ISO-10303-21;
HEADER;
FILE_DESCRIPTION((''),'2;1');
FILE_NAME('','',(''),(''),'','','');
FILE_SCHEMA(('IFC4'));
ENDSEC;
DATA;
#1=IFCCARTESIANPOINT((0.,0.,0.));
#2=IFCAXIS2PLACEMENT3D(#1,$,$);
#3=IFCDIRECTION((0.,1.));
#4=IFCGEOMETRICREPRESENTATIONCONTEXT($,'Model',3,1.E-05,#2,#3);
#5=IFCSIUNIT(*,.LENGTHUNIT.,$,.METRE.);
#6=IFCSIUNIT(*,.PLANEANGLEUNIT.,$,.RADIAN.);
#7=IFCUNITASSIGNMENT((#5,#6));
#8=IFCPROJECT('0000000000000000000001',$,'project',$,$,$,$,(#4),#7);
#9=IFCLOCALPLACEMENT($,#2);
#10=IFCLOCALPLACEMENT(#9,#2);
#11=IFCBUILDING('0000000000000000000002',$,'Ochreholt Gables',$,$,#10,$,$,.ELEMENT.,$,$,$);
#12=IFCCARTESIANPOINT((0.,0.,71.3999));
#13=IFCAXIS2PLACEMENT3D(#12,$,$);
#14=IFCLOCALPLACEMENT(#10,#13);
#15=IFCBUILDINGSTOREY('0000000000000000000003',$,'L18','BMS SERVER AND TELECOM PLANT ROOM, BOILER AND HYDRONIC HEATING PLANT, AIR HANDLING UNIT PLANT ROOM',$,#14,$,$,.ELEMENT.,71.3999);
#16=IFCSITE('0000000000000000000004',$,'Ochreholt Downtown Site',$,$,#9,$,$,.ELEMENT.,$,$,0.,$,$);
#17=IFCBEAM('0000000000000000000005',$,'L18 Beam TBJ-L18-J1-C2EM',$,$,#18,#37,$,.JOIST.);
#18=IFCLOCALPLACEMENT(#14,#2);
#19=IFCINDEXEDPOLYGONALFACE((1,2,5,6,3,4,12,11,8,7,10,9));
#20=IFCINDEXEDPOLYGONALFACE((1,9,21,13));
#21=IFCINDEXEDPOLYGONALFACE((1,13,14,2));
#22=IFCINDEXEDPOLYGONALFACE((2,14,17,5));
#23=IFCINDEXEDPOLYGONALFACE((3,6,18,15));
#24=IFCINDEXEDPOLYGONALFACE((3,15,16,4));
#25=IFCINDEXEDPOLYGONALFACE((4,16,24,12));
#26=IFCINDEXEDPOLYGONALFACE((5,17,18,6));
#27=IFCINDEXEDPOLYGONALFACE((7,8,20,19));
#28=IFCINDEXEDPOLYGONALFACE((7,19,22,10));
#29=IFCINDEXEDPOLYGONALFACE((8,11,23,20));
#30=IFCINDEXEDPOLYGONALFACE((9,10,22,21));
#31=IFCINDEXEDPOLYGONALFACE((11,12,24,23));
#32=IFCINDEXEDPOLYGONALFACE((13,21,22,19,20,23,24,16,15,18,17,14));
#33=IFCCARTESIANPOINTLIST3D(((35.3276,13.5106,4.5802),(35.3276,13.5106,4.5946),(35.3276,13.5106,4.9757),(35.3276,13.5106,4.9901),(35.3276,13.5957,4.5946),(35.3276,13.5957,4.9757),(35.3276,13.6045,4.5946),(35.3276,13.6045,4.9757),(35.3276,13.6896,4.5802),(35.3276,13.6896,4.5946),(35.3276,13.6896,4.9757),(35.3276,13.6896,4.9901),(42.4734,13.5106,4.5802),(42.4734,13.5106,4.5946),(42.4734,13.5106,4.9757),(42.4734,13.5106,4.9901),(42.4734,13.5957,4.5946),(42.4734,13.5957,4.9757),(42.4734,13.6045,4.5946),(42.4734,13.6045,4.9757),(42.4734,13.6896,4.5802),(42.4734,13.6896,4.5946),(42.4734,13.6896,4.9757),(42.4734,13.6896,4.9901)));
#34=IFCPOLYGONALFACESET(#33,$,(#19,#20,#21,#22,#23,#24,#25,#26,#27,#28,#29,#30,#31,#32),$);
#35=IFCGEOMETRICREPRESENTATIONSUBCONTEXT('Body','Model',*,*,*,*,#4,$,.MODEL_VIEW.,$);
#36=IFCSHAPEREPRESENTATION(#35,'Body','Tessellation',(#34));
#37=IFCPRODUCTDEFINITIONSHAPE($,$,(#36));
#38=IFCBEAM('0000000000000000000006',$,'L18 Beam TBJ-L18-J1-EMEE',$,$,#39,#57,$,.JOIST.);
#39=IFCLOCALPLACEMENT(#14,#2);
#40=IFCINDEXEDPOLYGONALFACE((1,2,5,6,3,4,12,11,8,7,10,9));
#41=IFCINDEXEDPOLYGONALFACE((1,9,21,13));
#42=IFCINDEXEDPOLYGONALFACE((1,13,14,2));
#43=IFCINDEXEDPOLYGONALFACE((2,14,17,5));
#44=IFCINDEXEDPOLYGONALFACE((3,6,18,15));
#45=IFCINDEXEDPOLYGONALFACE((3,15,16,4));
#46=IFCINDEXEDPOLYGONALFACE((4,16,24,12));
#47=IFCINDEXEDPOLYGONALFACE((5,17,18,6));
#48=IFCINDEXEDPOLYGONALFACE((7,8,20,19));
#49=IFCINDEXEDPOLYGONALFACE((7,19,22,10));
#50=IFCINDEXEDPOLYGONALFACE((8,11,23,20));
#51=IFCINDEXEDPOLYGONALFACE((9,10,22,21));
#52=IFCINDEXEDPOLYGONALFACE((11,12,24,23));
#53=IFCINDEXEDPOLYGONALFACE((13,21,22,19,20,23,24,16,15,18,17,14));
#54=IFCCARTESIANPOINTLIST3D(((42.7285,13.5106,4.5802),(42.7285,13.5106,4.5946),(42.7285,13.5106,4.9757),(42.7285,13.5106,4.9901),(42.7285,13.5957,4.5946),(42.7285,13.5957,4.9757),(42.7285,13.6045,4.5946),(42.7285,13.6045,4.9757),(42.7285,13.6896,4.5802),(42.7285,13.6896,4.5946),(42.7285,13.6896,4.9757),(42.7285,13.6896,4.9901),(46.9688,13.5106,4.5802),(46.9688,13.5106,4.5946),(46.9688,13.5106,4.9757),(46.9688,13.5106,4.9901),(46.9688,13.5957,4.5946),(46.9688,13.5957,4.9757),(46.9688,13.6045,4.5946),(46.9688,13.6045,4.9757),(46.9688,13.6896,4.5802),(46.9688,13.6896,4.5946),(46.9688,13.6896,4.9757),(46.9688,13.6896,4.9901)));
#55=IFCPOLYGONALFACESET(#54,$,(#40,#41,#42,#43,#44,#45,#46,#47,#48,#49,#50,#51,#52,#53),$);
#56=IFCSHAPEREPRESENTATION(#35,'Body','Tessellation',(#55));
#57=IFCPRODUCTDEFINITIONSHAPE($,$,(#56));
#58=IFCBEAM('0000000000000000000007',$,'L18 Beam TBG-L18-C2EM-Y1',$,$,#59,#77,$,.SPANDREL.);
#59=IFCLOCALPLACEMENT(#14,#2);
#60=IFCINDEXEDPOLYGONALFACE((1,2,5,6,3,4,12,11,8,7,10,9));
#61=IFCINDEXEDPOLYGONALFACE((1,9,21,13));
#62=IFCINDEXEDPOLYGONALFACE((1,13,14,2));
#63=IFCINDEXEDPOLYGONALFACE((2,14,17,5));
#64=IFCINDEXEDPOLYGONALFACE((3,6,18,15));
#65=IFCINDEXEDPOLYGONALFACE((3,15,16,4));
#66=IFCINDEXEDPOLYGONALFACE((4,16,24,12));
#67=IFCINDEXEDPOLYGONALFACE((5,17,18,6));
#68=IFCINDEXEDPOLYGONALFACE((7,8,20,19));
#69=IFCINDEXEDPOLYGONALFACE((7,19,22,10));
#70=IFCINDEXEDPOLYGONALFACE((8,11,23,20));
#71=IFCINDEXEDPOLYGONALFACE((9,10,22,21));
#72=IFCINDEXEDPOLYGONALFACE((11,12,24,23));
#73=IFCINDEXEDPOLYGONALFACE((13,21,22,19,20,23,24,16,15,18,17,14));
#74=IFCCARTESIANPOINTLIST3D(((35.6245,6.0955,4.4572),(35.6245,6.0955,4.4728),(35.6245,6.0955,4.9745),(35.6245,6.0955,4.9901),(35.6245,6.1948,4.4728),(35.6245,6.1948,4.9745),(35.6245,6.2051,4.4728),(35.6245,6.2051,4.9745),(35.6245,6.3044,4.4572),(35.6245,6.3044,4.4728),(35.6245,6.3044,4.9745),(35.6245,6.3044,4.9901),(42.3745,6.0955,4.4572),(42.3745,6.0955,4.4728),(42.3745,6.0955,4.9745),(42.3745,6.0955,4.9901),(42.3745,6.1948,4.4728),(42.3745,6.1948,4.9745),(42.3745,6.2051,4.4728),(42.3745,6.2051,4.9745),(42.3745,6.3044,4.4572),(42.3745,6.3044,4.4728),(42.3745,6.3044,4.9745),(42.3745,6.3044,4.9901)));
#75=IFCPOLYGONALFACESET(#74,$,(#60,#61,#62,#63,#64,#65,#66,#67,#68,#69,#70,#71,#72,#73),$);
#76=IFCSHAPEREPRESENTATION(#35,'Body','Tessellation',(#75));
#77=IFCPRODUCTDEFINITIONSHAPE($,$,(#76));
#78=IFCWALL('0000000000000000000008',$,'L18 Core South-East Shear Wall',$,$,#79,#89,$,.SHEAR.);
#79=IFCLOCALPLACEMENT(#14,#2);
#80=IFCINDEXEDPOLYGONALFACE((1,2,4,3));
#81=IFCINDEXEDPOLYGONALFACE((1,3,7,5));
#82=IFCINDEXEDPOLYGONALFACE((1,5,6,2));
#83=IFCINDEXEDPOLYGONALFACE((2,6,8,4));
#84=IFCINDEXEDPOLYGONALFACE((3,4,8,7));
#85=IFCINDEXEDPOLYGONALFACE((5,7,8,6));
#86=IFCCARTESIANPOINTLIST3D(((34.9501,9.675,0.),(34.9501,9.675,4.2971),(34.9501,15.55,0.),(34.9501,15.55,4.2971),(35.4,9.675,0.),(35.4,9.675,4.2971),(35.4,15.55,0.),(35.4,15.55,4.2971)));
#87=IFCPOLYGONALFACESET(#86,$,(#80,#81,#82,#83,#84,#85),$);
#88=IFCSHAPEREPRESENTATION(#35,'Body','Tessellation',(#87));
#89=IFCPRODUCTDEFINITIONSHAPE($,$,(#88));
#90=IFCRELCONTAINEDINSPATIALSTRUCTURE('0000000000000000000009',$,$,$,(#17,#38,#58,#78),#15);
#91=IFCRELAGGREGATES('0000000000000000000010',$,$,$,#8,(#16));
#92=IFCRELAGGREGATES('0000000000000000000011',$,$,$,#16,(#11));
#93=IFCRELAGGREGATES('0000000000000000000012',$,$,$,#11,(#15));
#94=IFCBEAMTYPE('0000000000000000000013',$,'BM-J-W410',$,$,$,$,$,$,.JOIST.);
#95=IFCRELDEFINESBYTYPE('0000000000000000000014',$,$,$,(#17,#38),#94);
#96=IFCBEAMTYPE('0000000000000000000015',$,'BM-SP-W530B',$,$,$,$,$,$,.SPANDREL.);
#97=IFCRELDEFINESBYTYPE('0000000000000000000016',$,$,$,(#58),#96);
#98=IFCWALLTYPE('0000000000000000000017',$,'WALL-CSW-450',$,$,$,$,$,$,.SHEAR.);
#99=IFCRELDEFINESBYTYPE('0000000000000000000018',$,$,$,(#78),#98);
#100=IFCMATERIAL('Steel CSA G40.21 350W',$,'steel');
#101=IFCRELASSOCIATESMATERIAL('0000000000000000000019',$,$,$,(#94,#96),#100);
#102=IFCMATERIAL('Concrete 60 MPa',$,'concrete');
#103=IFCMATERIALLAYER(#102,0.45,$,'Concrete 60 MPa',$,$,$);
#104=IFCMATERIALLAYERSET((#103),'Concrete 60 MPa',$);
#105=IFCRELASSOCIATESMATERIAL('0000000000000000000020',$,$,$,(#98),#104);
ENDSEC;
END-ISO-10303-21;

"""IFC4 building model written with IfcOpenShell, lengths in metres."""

from ifc_helpers import new_model, si_unit, direction, frame, frame_2d, origin, origin_2d, place, context, subcontext, project, spatial, rectangle, i_section, extrude, material, layer, layer_set, material_profile, profile_set, type_object, element, save


model = new_model("IFC4")

# Units and contexts
model_context = context("Model", 3, precision=1e-05, world=origin(), true_north=direction((0.0, 1.0)))
body_context = subcontext(model_context, "Body", "Model", "MODEL_VIEW")
ifc_project = project(units=[si_unit("LENGTHUNIT", "METRE"), si_unit("PLANEANGLEUNIT", "RADIAN")], contexts=[model_context])

# Site, building, storey
site_placement = place(None, origin())
site = spatial("IfcSite", under=ifc_project, at=site_placement, Name="Ochreholt Downtown Site", CompositionType="ELEMENT", RefElevation=0.0)
building_placement = place(site_placement, origin())
building = spatial("IfcBuilding", under=site, at=building_placement, Name="Ochreholt Gables", CompositionType="ELEMENT")
storey_placement = place(building_placement, frame((0.0, 0.0, 71.3999)))
storey = spatial("IfcBuildingStorey", under=building, at=storey_placement, Name="L18", Description="BMS SERVER AND TELECOM PLANT ROOM, BOILER AND HYDRONIC HEATING PLANT, AIR HANDLING UNIT PLANT ROOM", CompositionType="ELEMENT", Elevation=71.3999)

# Shared definitions
ifc_material_1 = material(Name="Steel CSA G40.21 350W", Category="steel")
ifc_material_2 = material(Name="Concrete 60 MPa", Category="concrete")

# Beams
ifc_material_profile_1 = material_profile(ifc_material_1, i_section(OverallWidth=0.179, OverallDepth=0.4099, WebThickness=0.0088, FlangeThickness=0.0144, at=origin_2d()), Name="W410X67")
ifc_profile_set_1 = profile_set([ifc_material_profile_1], Name="Steel CSA G40.21 350W")
beam_type_1 = type_object("IfcBeamType", Name="BM-J-W410", PredefinedType="JOIST", material=ifc_profile_set_1)
beam_1_placement = place(storey_placement, frame((35.3276, 13.6001, 4.7852), z_axis=(1.0, 0.0, 0.0), x_axis=(0.0, 1.0, 0.0)))
element("IfcBeam", 1, at=beam_1_placement, inside=storey, type_object=beam_type_1, Name="L18 Beam TBJ-L18-J1-C2EM", PredefinedType="JOIST", context=body_context, shape_type="SweptSolid", body=[
    extrude(i_section(OverallWidth=0.179, OverallDepth=0.4099, WebThickness=0.0088, FlangeThickness=0.0144, at=origin_2d()), origin(), (0.0, 0.0, 1.0), 7.1458),
])
beam_2_placement = place(storey_placement, frame((42.7285, 13.6001, 4.7852), z_axis=(1.0, 0.0, 0.0), x_axis=(0.0, 1.0, 0.0)))
element("IfcBeam", 2, at=beam_2_placement, inside=storey, type_object=beam_type_1, Name="L18 Beam TBJ-L18-J1-EMEE", PredefinedType="JOIST", context=body_context, shape_type="SweptSolid", body=[
    extrude(i_section(OverallWidth=0.179, OverallDepth=0.4099, WebThickness=0.0088, FlangeThickness=0.0144, at=origin_2d()), origin(), (0.0, 0.0, 1.0), 4.2402),
])
ifc_material_profile_2 = material_profile(ifc_material_1, i_section(OverallWidth=0.209, OverallDepth=0.533, WebThickness=0.0103, FlangeThickness=0.0156, at=origin_2d()), Name="W530X92")
ifc_profile_set_2 = profile_set([ifc_material_profile_2], Name="Steel CSA G40.21 350W")
beam_type_2 = type_object("IfcBeamType", Name="BM-SP-W530B", PredefinedType="SPANDREL", material=ifc_profile_set_2)
beam_3_placement = place(storey_placement, frame((35.6245, 6.2, 4.7236), z_axis=(1.0, 0.0, 0.0), x_axis=(0.0, 1.0, 0.0)))
element("IfcBeam", 3, at=beam_3_placement, inside=storey, type_object=beam_type_2, Name="L18 Beam TBG-L18-C2EM-Y1", PredefinedType="SPANDREL", context=body_context, shape_type="SweptSolid", body=[
    extrude(i_section(OverallWidth=0.209, OverallDepth=0.533, WebThickness=0.0103, FlangeThickness=0.0156, at=origin_2d()), origin(), (0.0, 0.0, 1.0), 6.75),
])

# Wall
ifc_layer_1 = layer(ifc_material_2, 0.45, Name="Concrete 60 MPa")
ifc_layer_set_1 = layer_set([ifc_layer_1], Name="Concrete 60 MPa")
wall_type_1 = type_object("IfcWallType", Name="WALL-CSW-450", PredefinedType="SHEAR", material=ifc_layer_set_1)
wall_1_placement = place(storey_placement, frame((35.175, 9.675, 0.0), z_axis=(0.0, 0.0, 1.0), x_axis=(0.0, 1.0, 0.0)))
element("IfcWall", 4, at=wall_1_placement, inside=storey, type_object=wall_type_1, Name="L18 Core South-East Shear Wall", PredefinedType="SHEAR", context=body_context, shape_type="SweptSolid", body=[
    extrude(rectangle(XDim=5.875, YDim=0.45, at=frame_2d((2.9375, 0.0))), origin(), (0.0, 0.0, 1.0), 4.2971),
])

save(model, "model.ifc")
